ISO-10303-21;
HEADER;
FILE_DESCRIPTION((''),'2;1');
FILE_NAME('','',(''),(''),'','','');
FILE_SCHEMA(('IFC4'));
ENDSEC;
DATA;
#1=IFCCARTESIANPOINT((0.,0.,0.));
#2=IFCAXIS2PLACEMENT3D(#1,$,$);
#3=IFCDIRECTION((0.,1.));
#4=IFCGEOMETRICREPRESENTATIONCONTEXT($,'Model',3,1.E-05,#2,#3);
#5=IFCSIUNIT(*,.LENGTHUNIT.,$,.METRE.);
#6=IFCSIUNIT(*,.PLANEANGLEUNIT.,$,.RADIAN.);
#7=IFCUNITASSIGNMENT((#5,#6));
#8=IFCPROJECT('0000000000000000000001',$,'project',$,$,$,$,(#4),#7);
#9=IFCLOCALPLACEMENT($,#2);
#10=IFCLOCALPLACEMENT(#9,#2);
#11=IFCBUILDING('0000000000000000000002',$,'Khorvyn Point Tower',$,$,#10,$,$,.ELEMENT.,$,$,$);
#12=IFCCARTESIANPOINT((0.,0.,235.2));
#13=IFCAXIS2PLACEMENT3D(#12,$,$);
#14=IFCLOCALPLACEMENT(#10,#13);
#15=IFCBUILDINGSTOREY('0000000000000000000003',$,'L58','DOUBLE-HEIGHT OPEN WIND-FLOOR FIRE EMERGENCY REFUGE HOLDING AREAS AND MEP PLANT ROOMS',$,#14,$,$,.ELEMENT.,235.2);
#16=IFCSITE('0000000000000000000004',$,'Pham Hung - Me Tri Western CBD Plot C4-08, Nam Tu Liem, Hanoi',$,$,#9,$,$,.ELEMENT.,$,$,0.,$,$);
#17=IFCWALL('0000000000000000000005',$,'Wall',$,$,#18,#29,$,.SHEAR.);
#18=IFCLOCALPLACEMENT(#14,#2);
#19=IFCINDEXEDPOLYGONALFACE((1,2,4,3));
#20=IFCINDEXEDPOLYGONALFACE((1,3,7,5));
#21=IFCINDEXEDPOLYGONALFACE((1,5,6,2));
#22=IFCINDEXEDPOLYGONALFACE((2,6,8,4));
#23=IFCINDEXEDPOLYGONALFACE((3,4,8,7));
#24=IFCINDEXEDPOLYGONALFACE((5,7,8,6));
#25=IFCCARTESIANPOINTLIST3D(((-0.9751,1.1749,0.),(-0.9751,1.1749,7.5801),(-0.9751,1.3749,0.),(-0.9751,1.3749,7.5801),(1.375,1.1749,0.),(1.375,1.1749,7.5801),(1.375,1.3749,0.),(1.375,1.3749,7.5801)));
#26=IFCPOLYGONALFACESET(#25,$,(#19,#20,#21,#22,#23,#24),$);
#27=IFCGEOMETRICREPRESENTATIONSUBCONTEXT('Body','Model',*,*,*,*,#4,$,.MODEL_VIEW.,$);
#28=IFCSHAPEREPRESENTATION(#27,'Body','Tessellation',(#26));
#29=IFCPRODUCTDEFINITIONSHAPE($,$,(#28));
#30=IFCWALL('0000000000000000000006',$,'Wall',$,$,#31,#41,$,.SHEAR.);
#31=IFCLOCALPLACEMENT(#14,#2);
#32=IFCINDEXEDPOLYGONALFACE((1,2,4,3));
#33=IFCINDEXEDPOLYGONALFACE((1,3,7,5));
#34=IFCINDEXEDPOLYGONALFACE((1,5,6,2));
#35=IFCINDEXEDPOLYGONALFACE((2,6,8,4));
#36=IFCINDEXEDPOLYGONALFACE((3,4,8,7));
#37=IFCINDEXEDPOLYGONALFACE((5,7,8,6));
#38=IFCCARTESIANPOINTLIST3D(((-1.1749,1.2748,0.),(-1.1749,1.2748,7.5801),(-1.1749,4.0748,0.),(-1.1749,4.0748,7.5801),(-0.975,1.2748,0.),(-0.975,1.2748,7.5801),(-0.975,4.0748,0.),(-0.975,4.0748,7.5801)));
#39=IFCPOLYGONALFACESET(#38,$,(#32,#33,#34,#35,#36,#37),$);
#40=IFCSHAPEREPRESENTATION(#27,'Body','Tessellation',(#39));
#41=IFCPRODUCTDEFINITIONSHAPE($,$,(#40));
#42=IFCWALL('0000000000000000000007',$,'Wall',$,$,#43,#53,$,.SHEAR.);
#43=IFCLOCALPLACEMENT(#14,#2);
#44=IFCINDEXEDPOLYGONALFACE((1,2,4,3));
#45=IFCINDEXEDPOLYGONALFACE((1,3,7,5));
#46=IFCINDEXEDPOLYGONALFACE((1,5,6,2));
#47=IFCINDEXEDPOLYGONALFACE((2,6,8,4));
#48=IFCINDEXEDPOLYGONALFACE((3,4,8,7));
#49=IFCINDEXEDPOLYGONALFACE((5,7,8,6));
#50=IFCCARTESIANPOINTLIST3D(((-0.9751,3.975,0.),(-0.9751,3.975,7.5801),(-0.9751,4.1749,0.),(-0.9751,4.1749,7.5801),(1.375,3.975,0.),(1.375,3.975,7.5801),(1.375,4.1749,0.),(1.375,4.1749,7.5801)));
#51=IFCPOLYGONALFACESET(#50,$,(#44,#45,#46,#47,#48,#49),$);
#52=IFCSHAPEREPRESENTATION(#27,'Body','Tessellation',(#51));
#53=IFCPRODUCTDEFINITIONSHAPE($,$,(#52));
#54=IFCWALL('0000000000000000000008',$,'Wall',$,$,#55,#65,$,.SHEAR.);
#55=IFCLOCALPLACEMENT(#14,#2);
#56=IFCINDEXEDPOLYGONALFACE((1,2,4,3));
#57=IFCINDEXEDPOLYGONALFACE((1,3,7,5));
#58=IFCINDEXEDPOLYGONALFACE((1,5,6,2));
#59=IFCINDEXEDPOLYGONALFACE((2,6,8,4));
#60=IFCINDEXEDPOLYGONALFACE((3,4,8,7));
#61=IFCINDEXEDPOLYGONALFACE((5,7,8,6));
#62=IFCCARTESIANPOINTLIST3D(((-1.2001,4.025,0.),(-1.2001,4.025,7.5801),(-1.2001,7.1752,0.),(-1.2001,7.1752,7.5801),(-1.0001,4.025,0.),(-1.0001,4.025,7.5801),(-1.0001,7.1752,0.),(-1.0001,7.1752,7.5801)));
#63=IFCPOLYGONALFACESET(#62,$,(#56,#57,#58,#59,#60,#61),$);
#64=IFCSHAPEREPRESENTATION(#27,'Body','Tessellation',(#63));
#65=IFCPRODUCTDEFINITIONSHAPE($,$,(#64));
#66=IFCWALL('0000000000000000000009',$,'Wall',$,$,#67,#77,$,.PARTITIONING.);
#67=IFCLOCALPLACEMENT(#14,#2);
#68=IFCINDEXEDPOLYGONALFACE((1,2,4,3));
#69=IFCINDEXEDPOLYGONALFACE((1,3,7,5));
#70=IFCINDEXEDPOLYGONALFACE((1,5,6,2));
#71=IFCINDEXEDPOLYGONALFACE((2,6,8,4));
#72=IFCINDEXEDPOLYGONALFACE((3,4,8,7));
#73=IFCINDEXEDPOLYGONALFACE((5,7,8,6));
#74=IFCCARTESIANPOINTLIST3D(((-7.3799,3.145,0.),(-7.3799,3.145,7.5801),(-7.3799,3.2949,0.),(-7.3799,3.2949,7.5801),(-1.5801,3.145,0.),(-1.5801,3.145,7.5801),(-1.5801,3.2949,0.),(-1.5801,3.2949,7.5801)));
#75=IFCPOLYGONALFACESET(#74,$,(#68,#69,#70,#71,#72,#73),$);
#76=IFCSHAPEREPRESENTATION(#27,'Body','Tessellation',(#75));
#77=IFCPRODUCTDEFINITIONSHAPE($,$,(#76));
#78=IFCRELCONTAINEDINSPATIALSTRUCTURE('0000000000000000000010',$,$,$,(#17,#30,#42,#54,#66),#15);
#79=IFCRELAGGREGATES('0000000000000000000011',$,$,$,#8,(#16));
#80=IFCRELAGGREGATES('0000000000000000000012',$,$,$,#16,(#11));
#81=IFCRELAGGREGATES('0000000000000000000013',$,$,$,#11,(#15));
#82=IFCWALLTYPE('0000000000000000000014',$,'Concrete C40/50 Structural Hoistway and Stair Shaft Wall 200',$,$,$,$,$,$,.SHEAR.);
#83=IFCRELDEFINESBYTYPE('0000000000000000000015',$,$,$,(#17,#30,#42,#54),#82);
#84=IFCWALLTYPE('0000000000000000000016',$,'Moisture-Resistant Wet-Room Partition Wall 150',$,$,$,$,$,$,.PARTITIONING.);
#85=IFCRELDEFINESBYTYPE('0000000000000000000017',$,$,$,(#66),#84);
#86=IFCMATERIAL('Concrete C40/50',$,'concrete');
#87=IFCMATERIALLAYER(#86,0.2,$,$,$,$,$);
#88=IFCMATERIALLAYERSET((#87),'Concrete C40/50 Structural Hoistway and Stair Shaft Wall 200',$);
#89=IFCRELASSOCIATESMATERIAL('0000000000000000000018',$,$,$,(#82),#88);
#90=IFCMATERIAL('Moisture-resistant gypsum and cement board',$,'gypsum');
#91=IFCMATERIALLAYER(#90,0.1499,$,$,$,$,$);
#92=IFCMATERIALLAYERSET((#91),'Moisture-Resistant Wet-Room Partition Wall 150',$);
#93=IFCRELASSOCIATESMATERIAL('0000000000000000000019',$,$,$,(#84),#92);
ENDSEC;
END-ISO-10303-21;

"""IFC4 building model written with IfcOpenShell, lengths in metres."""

from ifc_helpers import new_model, si_unit, direction, frame, frame_2d, origin, place, context, subcontext, project, spatial, rectangle, extrude, material, layer, layer_set, type_object, element, save


model = new_model("IFC4")

# Units and contexts
model_context = context("Model", 3, precision=1e-05, world=origin(), true_north=direction((0.0, 1.0)))
body_context = subcontext(model_context, "Body", "Model", "MODEL_VIEW")
ifc_project = project(units=[si_unit("LENGTHUNIT", "METRE"), si_unit("PLANEANGLEUNIT", "RADIAN")], contexts=[model_context])

# Site, building, storey
site_placement = place(None, origin())
site = spatial("IfcSite", under=ifc_project, at=site_placement, Name="Pham Hung - Me Tri Western CBD Plot C4-08, Nam Tu Liem, Hanoi", CompositionType="ELEMENT", RefElevation=0.0)
building_placement = place(site_placement, origin())
building = spatial("IfcBuilding", under=site, at=building_placement, Name="Khorvyn Point Tower", CompositionType="ELEMENT")
storey_placement = place(building_placement, frame((0.0, 0.0, 235.2)))
storey = spatial("IfcBuildingStorey", under=building, at=storey_placement, Name="L58", Description="DOUBLE-HEIGHT OPEN WIND-FLOOR FIRE EMERGENCY REFUGE HOLDING AREAS AND MEP PLANT ROOMS", CompositionType="ELEMENT", Elevation=235.2)

# Shared definitions
ifc_material_1 = material(Name="Concrete C40/50", Category="concrete")

# Walls
ifc_layer_1 = layer(ifc_material_1, 0.2)
ifc_layer_set_1 = layer_set([ifc_layer_1], Name="Concrete C40/50 Structural Hoistway and Stair Shaft Wall 200")
wall_type_1 = type_object("IfcWallType", Name="Concrete C40/50 Structural Hoistway and Stair Shaft Wall 200", PredefinedType="SHEAR", material=ifc_layer_set_1)
wall_1_placement = place(storey_placement, frame((-0.9751, 1.2749, 0.0), z_axis=(0.0, 0.0, 1.0), x_axis=(1.0, 0.0, 0.0)))
element("IfcWall", 1, at=wall_1_placement, inside=storey, type_object=wall_type_1, Name="Wall", PredefinedType="SHEAR", context=body_context, shape_type="SweptSolid", body=[
    extrude(rectangle(XDim=2.3501, YDim=0.2, at=frame_2d((1.175, 0.0))), origin(), (0.0, 0.0, 1.0), 7.5801),
])
wall_2_placement = place(storey_placement, frame((-1.075, 1.2749, 0.0), z_axis=(0.0, 0.0, 1.0), x_axis=(0.0, 1.0, 0.0)))
element("IfcWall", 2, at=wall_2_placement, inside=storey, type_object=wall_type_1, Name="Wall", PredefinedType="SHEAR", context=body_context, shape_type="SweptSolid", body=[
    extrude(rectangle(XDim=2.8, YDim=0.2, at=frame_2d((1.3999, 0.0))), origin(), (0.0, 0.0, 1.0), 7.5801),
])
wall_3_placement = place(storey_placement, frame((-0.9751, 4.075, 0.0), z_axis=(0.0, 0.0, 1.0), x_axis=(1.0, 0.0, 0.0)))
element("IfcWall", 3, at=wall_3_placement, inside=storey, type_object=wall_type_1, Name="Wall", PredefinedType="SHEAR", context=body_context, shape_type="SweptSolid", body=[
    extrude(rectangle(XDim=2.3501, YDim=0.2, at=frame_2d((1.175, 0.0))), origin(), (0.0, 0.0, 1.0), 7.5801),
])
wall_4_placement = place(storey_placement, frame((-1.1001, 4.0249, 0.0), z_axis=(0.0, 0.0, 1.0), x_axis=(0.0, 1.0, 0.0)))
element("IfcWall", 4, at=wall_4_placement, inside=storey, type_object=wall_type_1, Name="Wall", PredefinedType="SHEAR", context=body_context, shape_type="SweptSolid", body=[
    extrude(rectangle(XDim=3.1501, YDim=0.2, at=frame_2d((1.5752, 0.0))), origin(), (0.0, 0.0, 1.0), 7.5801),
])
ifc_material_2 = material(Name="Moisture-resistant gypsum and cement board", Category="gypsum")
ifc_layer_2 = layer(ifc_material_2, 0.1499)
ifc_layer_set_2 = layer_set([ifc_layer_2], Name="Moisture-Resistant Wet-Room Partition Wall 150")
wall_type_2 = type_object("IfcWallType", Name="Moisture-Resistant Wet-Room Partition Wall 150", PredefinedType="PARTITIONING", material=ifc_layer_set_2)
wall_5_placement = place(storey_placement, frame((-7.3799, 3.22, 0.0), z_axis=(0.0, 0.0, 1.0), x_axis=(1.0, 0.0, 0.0)))
element("IfcWall", 5, at=wall_5_placement, inside=storey, type_object=wall_type_2, Name="Wall", PredefinedType="PARTITIONING", context=body_context, shape_type="SweptSolid", body=[
    extrude(rectangle(XDim=5.7998, YDim=0.1499, at=frame_2d((2.8999, 0.0))), origin(), (0.0, 0.0, 1.0), 7.5801),
])

save(model, "model.ifc")
